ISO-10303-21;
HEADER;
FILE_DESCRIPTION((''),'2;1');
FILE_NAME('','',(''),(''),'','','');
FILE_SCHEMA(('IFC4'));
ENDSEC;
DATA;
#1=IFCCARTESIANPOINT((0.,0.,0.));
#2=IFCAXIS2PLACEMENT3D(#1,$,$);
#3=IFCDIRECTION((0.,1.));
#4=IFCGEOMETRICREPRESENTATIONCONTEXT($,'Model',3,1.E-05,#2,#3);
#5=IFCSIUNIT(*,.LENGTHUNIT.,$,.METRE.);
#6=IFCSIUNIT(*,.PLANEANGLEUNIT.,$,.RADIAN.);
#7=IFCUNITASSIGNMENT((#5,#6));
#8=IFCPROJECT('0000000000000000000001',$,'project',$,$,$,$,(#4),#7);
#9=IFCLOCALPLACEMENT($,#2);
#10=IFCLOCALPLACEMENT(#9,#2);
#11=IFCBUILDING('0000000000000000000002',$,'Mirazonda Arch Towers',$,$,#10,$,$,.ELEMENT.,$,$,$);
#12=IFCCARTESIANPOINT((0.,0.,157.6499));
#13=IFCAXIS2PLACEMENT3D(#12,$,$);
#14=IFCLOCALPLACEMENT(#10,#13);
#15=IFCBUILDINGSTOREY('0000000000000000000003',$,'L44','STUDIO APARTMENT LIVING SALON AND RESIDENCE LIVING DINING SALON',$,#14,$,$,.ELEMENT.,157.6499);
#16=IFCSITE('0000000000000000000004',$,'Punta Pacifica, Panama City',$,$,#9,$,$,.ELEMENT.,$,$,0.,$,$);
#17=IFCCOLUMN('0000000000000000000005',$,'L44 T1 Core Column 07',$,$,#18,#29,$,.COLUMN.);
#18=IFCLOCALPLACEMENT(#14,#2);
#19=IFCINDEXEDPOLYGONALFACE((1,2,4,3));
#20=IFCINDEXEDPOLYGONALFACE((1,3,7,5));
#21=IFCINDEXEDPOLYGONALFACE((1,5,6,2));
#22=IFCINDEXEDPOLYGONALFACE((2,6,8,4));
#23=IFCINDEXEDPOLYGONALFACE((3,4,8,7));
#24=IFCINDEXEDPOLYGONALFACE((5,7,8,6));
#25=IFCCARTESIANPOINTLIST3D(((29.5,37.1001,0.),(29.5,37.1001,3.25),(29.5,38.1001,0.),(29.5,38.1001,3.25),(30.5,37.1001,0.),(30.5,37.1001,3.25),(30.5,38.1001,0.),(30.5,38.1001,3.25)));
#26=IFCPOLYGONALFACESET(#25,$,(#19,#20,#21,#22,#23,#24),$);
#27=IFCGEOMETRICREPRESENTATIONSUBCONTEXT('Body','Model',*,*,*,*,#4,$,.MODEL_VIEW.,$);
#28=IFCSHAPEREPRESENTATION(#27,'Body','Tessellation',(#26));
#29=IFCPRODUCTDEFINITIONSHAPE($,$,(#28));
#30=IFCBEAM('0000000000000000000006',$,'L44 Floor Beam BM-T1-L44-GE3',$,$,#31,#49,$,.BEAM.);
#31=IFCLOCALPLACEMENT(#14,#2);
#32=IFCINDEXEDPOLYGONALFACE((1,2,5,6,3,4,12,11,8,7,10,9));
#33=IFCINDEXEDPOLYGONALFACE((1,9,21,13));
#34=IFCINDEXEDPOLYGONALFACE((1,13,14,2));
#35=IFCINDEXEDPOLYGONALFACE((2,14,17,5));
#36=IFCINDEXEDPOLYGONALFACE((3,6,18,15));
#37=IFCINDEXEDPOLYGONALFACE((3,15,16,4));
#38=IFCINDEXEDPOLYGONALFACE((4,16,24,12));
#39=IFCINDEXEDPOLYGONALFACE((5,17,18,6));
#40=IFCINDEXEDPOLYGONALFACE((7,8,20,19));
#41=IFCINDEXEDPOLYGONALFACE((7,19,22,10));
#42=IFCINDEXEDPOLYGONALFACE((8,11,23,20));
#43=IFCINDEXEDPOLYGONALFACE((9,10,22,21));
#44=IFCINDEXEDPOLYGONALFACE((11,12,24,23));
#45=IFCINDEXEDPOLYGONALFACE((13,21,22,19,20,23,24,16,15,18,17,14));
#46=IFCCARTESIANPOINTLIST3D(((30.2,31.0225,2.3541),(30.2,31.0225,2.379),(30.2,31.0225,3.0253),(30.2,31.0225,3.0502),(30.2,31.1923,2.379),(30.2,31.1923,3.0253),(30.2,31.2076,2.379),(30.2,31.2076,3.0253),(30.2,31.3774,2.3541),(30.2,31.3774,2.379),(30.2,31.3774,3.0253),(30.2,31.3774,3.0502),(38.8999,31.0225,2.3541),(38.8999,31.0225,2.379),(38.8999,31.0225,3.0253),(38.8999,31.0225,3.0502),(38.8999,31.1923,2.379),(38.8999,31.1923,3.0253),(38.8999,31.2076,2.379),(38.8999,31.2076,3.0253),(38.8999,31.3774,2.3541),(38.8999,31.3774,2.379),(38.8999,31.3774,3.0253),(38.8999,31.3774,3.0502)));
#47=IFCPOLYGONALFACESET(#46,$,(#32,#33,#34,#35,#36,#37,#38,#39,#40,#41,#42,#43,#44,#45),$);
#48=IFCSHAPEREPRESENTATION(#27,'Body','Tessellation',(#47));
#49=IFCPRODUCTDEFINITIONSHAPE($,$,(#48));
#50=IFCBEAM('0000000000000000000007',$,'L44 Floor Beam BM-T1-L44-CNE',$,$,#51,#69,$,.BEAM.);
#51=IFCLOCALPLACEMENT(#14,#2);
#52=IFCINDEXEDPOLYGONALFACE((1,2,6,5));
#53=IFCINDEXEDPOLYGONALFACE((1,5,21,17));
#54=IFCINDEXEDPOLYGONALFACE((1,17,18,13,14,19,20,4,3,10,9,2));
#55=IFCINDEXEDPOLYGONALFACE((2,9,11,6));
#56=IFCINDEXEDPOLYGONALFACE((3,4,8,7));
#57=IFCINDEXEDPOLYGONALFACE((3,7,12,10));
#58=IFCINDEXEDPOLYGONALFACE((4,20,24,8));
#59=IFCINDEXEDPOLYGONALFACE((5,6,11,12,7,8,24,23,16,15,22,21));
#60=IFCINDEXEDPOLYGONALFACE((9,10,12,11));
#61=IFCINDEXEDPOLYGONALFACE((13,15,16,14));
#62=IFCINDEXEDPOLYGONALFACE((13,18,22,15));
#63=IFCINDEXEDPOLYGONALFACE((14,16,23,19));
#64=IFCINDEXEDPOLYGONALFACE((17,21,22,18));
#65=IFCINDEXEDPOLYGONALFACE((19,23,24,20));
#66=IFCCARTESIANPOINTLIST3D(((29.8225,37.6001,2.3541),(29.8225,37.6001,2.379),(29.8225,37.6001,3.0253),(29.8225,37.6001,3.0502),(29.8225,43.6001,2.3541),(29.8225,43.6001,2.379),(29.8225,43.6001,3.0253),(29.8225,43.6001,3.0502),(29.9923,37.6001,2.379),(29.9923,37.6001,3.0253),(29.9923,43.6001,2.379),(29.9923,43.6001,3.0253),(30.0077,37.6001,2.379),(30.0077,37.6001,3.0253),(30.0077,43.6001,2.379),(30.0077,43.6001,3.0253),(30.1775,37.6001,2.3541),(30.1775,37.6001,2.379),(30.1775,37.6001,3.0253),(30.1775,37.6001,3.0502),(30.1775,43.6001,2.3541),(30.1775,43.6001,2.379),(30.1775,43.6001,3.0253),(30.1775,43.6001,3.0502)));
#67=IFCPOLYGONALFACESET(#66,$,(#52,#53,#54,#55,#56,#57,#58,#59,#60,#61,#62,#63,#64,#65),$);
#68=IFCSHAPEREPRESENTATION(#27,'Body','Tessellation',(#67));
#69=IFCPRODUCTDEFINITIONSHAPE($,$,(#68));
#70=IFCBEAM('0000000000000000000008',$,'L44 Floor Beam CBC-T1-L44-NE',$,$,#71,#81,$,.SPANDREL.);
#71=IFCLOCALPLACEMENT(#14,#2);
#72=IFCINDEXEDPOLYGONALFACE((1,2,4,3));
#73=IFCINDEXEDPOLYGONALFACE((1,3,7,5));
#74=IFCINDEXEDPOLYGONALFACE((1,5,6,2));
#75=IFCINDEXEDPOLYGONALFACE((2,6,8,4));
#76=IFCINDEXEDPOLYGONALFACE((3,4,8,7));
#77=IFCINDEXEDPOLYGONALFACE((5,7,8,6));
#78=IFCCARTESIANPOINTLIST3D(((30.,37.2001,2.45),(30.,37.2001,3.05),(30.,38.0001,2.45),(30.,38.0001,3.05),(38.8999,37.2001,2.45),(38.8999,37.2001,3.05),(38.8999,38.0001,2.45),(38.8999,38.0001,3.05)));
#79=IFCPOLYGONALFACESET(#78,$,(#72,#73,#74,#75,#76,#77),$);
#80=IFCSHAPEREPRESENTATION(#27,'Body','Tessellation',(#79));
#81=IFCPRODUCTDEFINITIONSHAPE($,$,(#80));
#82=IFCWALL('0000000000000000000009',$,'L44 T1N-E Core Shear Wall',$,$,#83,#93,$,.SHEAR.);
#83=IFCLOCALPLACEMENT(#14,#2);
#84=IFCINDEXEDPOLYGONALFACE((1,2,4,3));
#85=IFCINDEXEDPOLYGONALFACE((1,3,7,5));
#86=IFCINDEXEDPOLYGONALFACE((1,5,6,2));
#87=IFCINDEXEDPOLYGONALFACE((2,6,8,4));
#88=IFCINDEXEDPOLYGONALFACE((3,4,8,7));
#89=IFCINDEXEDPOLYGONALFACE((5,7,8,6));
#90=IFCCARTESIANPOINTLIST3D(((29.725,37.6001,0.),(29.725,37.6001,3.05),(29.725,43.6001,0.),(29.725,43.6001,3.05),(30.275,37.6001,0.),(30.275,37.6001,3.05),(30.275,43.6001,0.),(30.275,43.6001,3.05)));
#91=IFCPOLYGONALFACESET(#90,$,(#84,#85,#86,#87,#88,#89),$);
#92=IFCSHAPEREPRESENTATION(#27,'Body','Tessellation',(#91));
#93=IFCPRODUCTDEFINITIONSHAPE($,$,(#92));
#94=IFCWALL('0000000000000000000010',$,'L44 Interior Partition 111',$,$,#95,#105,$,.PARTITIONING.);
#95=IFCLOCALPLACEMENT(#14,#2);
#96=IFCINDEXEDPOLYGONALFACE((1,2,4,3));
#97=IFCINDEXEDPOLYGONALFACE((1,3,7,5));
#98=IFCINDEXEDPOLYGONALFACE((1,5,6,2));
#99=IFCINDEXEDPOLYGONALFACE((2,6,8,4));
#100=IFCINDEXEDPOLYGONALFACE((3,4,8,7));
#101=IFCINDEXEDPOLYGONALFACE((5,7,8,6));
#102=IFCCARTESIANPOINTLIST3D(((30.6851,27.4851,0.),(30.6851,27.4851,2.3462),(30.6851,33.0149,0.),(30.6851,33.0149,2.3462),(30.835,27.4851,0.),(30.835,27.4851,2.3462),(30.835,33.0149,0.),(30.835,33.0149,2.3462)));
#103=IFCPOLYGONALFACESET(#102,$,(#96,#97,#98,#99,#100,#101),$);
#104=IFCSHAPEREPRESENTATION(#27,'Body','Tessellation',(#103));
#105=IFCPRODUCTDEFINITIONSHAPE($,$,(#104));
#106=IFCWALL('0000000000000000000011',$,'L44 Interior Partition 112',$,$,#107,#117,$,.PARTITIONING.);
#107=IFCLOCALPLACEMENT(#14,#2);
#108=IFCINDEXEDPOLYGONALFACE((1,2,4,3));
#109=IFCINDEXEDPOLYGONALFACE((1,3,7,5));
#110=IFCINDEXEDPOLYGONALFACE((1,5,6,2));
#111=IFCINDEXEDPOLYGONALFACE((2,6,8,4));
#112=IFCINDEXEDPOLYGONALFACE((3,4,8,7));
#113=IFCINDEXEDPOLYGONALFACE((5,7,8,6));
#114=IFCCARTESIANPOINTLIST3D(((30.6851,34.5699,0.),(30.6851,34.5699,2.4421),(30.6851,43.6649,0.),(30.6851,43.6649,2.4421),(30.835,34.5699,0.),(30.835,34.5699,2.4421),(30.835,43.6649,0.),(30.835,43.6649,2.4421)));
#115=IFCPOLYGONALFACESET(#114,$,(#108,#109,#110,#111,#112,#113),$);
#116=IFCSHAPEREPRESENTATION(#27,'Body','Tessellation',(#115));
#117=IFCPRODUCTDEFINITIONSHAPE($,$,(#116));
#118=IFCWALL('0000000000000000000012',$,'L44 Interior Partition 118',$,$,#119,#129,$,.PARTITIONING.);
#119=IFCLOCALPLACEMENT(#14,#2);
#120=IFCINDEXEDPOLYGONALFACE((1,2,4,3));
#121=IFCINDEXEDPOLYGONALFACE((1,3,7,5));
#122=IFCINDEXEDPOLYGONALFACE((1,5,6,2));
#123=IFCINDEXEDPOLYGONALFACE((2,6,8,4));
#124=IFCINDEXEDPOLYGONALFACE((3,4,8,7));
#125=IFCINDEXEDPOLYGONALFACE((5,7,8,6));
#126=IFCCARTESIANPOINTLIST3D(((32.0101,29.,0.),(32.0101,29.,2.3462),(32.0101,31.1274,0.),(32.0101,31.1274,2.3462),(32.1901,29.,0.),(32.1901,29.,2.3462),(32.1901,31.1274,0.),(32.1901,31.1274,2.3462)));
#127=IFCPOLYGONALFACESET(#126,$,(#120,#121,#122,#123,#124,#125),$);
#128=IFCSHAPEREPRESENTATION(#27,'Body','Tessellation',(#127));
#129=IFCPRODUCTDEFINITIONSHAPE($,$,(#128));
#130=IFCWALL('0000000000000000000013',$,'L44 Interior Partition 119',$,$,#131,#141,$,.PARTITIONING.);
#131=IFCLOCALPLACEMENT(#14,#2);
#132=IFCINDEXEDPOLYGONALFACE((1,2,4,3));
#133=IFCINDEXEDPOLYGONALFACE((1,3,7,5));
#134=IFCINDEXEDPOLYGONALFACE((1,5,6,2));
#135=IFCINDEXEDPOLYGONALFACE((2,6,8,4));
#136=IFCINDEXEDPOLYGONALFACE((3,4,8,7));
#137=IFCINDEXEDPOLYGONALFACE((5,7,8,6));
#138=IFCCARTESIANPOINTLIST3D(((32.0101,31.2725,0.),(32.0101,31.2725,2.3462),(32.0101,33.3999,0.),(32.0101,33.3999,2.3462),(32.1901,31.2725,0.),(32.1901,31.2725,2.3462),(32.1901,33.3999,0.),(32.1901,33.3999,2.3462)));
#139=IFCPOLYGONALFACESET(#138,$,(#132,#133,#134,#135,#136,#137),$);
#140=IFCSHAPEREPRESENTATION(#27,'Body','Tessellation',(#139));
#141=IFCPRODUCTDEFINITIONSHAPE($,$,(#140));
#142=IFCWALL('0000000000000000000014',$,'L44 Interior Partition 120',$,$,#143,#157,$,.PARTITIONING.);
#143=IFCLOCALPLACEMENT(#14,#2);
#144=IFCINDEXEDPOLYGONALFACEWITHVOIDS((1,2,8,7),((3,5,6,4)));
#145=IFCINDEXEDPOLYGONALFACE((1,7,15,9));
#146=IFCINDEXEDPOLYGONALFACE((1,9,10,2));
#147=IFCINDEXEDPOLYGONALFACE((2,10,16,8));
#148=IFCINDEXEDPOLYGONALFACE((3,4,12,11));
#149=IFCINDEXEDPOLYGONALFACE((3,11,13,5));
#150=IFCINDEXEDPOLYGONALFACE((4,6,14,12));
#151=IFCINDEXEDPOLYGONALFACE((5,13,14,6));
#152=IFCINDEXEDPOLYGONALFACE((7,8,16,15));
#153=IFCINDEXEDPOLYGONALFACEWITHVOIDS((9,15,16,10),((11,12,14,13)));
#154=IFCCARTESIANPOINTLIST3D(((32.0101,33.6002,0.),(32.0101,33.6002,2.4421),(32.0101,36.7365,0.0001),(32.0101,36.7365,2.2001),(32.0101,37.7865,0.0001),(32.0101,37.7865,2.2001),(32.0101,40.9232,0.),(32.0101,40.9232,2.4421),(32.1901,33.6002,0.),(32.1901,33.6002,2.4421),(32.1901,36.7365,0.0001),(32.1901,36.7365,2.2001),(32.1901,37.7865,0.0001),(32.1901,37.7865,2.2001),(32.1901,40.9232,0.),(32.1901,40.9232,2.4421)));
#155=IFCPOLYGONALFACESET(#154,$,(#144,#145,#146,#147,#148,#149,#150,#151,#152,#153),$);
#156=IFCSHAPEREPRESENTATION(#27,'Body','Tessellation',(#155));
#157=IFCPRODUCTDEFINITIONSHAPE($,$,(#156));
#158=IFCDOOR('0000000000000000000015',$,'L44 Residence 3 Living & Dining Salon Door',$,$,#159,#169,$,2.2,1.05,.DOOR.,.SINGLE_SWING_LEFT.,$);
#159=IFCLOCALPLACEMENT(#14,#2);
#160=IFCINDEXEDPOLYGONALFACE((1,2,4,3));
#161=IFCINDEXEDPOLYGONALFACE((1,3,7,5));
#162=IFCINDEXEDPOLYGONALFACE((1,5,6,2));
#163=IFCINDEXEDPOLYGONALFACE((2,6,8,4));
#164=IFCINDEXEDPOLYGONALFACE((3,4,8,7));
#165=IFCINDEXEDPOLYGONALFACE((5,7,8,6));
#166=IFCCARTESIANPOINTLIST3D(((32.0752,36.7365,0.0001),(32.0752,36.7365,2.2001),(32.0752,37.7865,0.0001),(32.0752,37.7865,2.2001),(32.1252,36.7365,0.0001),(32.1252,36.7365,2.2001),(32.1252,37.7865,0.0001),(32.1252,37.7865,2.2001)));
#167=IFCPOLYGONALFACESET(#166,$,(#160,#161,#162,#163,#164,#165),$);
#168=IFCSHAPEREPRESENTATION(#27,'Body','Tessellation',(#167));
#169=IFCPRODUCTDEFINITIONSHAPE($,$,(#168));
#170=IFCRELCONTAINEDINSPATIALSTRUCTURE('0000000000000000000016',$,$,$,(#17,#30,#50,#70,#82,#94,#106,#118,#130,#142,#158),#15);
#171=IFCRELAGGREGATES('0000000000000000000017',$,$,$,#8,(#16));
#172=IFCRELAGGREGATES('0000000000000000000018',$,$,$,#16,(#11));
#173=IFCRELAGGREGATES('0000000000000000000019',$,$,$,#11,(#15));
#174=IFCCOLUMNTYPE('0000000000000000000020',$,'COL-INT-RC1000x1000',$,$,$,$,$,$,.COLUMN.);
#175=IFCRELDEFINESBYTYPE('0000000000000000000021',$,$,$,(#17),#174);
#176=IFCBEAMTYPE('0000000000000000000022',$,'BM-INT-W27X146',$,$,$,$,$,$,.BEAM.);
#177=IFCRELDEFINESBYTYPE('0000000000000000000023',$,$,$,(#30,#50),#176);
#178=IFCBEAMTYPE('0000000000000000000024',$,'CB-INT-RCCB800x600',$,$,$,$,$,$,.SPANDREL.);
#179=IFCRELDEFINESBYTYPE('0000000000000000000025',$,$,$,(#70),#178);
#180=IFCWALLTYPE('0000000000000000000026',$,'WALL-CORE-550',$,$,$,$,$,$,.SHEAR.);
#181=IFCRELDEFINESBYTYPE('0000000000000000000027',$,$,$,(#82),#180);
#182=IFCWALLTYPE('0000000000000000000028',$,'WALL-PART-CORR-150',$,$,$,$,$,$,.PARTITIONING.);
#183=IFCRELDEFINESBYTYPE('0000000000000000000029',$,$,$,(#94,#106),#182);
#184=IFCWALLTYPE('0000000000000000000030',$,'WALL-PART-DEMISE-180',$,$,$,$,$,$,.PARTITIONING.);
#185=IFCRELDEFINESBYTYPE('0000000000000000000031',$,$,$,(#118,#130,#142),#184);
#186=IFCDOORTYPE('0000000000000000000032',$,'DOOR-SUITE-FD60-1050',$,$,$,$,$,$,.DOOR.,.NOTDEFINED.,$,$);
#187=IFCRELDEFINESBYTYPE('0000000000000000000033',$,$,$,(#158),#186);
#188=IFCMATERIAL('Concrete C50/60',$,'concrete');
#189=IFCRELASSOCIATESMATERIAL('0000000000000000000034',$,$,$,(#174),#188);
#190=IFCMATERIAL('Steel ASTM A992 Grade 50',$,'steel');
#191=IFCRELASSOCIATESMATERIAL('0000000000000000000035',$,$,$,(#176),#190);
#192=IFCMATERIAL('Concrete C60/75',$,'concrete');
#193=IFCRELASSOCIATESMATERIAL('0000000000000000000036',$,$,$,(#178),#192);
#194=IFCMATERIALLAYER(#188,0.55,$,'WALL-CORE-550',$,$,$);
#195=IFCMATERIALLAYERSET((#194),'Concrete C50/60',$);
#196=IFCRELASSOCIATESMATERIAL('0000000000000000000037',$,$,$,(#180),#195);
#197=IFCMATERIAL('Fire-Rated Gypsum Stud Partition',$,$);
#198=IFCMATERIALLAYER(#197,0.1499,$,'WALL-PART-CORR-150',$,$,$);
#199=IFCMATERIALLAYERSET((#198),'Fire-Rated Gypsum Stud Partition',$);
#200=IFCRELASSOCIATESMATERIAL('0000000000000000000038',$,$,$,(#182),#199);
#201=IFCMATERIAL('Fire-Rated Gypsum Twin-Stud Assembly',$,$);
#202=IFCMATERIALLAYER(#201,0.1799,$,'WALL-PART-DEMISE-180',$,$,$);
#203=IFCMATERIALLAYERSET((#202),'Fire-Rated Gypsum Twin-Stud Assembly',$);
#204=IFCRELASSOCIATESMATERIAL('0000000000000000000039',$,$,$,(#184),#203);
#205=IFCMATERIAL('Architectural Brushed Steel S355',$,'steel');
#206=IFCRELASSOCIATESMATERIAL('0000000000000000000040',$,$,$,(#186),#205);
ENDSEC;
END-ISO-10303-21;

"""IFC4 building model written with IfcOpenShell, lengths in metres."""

from ifc_helpers import new_model, si_unit, direction, frame, frame_2d, origin, origin_2d, place, context, subcontext, project, spatial, rectangle, i_section, extrude, material, layer, layer_set, material_profile, profile_set, type_object, element, fill, save


model = new_model("IFC4")

# Units and contexts
model_context = context("Model", 3, precision=1e-05, world=origin(), true_north=direction((0.0, 1.0)))
body_context = subcontext(model_context, "Body", "Model", "MODEL_VIEW")
ifc_project = project(units=[si_unit("LENGTHUNIT", "METRE"), si_unit("PLANEANGLEUNIT", "RADIAN")], contexts=[model_context])

# Site, building, storey
site_placement = place(None, origin())
site = spatial("IfcSite", under=ifc_project, at=site_placement, Name="Punta Pacifica, Panama City", CompositionType="ELEMENT", RefElevation=0.0)
building_placement = place(site_placement, origin())
building = spatial("IfcBuilding", under=site, at=building_placement, Name="Mirazonda Arch Towers", CompositionType="ELEMENT")
storey_placement = place(building_placement, frame((0.0, 0.0, 157.6499)))
storey = spatial("IfcBuildingStorey", under=building, at=storey_placement, Name="L44", Description="STUDIO APARTMENT LIVING SALON AND RESIDENCE LIVING DINING SALON", CompositionType="ELEMENT", Elevation=157.6499)

# Column
ifc_material_1 = material(Name="Concrete C50/60", Category="concrete")
ifc_material_profile_1 = material_profile(ifc_material_1, rectangle(XDim=1.0, YDim=1.0, at=origin_2d()), Name="RC1000x1000")
ifc_profile_set_1 = profile_set([ifc_material_profile_1], Name="Concrete C50/60")
column_type = type_object("IfcColumnType", Name="COL-INT-RC1000x1000", PredefinedType="COLUMN", material=ifc_profile_set_1)
column_placement = place(storey_placement, frame((30.0, 37.6001, 0.0), z_axis=(0.0, 0.0, 1.0), x_axis=(1.0, 0.0, 0.0)))
element("IfcColumn", 1, at=column_placement, inside=storey, type_object=column_type, Name="L44 T1 Core Column 07", PredefinedType="COLUMN", context=body_context, shape_type="SweptSolid", body=[
    extrude(rectangle(XDim=1.0, YDim=1.0, at=origin_2d()), origin(), (0.0, 0.0, 1.0), 3.25),
])

# Beams
ifc_material_2 = material(Name="Steel ASTM A992 Grade 50", Category="steel")
ifc_material_profile_2 = material_profile(ifc_material_2, i_section(OverallWidth=0.355, OverallDepth=0.696, WebThickness=0.0154, FlangeThickness=0.0249, at=origin_2d()), Name="W27X146")
ifc_profile_set_2 = profile_set([ifc_material_profile_2], Name="Steel ASTM A992 Grade 50")
beam_type_1 = type_object("IfcBeamType", Name="BM-INT-W27X146", PredefinedType="BEAM", material=ifc_profile_set_2)
beam_1_placement = place(storey_placement, frame((30.2, 31.2, 2.7021), z_axis=(1.0, 0.0, 0.0), x_axis=(0.0, 1.0, 0.0)))
element("IfcBeam", 2, at=beam_1_placement, inside=storey, type_object=beam_type_1, Name="L44 Floor Beam BM-T1-L44-GE3", PredefinedType="BEAM", context=body_context, shape_type="SweptSolid", body=[
    extrude(i_section(OverallWidth=0.355, OverallDepth=0.696, WebThickness=0.0154, FlangeThickness=0.0249, at=origin_2d()), origin(), (0.0, 0.0, 1.0), 8.7),
])
beam_2_placement = place(storey_placement, frame((30.0, 37.6001, 2.7021), z_axis=(0.0, 1.0, 0.0), x_axis=(-1.0, 0.0, 0.0)))
element("IfcBeam", 3, at=beam_2_placement, inside=storey, type_object=beam_type_1, Name="L44 Floor Beam BM-T1-L44-CNE", PredefinedType="BEAM", context=body_context, shape_type="SweptSolid", body=[
    extrude(i_section(OverallWidth=0.355, OverallDepth=0.696, WebThickness=0.0154, FlangeThickness=0.0249, at=origin_2d()), origin(), (0.0, 0.0, 1.0), 6.0),
])
ifc_material_3 = material(Name="Concrete C60/75", Category="concrete")
ifc_material_profile_3 = material_profile(ifc_material_3, rectangle(XDim=0.8, YDim=0.6001, at=origin_2d()), Name="RCCB800x600")
ifc_profile_set_3 = profile_set([ifc_material_profile_3], Name="Concrete C60/75")
beam_type_2 = type_object("IfcBeamType", Name="CB-INT-RCCB800x600", PredefinedType="SPANDREL", material=ifc_profile_set_3)
beam_3_placement = place(storey_placement, frame((30.0, 37.6001, 2.75), z_axis=(1.0, 0.0, 0.0), x_axis=(0.0, 1.0, 0.0)))
element("IfcBeam", 4, at=beam_3_placement, inside=storey, type_object=beam_type_2, Name="L44 Floor Beam CBC-T1-L44-NE", PredefinedType="SPANDREL", context=body_context, shape_type="SweptSolid", body=[
    extrude(rectangle(XDim=0.8, YDim=0.6001, at=origin_2d()), origin(), (0.0, 0.0, 1.0), 8.8999),
])

# Walls
ifc_layer_1 = layer(ifc_material_1, 0.55, Name="WALL-CORE-550")
ifc_layer_set_1 = layer_set([ifc_layer_1], Name="Concrete C50/60")
wall_type_1 = type_object("IfcWallType", Name="WALL-CORE-550", PredefinedType="SHEAR", material=ifc_layer_set_1)
wall_1_placement = place(storey_placement, frame((30.0, 37.6001, 0.0), z_axis=(0.0, 0.0, 1.0), x_axis=(0.0, 1.0, 0.0)))
element("IfcWall", 5, at=wall_1_placement, inside=storey, type_object=wall_type_1, Name="L44 T1N-E Core Shear Wall", PredefinedType="SHEAR", context=body_context, shape_type="SweptSolid", body=[
    extrude(rectangle(XDim=6.0, YDim=0.55, at=frame_2d((3.0, 0.0))), origin(), (0.0, 0.0, 1.0), 3.05),
])
ifc_material_4 = material(Name="Fire-Rated Gypsum Stud Partition")
ifc_layer_2 = layer(ifc_material_4, 0.1499, Name="WALL-PART-CORR-150")
ifc_layer_set_2 = layer_set([ifc_layer_2], Name="Fire-Rated Gypsum Stud Partition")
wall_type_2 = type_object("IfcWallType", Name="WALL-PART-CORR-150", PredefinedType="PARTITIONING", material=ifc_layer_set_2)
wall_2_placement = place(storey_placement, frame((30.76, 27.4851, 0.0), z_axis=(0.0, 0.0, 1.0), x_axis=(0.0, 1.0, 0.0)))
element("IfcWall", 6, at=wall_2_placement, inside=storey, type_object=wall_type_2, Name="L44 Interior Partition 111", PredefinedType="PARTITIONING", context=body_context, shape_type="SweptSolid", body=[
    extrude(rectangle(XDim=5.5298, YDim=0.1499, at=frame_2d((2.7649, 0.0))), origin(), (0.0, 0.0, 1.0), 2.3462),
])
wall_3_placement = place(storey_placement, frame((30.76, 34.5701, 0.0), z_axis=(0.0, 0.0, 1.0), x_axis=(0.0, 1.0, 0.0)))
element("IfcWall", 7, at=wall_3_placement, inside=storey, type_object=wall_type_2, Name="L44 Interior Partition 112", PredefinedType="PARTITIONING", context=body_context, shape_type="SweptSolid", body=[
    extrude(rectangle(XDim=9.095, YDim=0.1499, at=frame_2d((4.5474, 0.0))), origin(), (0.0, 0.0, 1.0), 2.4421),
])

# Shared definitions
ifc_material_5 = material(Name="Fire-Rated Gypsum Twin-Stud Assembly")
ifc_layer_3 = layer(ifc_material_5, 0.1799, Name="WALL-PART-DEMISE-180")
ifc_layer_set_3 = layer_set([ifc_layer_3], Name="Fire-Rated Gypsum Twin-Stud Assembly")
wall_type_3 = type_object("IfcWallType", Name="WALL-PART-DEMISE-180", PredefinedType="PARTITIONING", material=ifc_layer_set_3)
ifc_material_6 = material(Name="Architectural Brushed Steel S355", Category="steel")

# Walls
for number, where, z_axis, x_axis, name in (
    (8, (32.1001, 29.0, 0.0), (0.0, 0.0, 1.0), (0.0, 1.0, 0.0), "L44 Interior Partition 118"),
    (9, (32.1001, 31.2725, 0.0), (0.0, 0.0, 1.0), (0.0, 1.0, 0.0), "L44 Interior Partition 119"),
):
    element("IfcWall", number, at=place(storey_placement, frame(where, z_axis=z_axis, x_axis=x_axis)), inside=storey, type_object=wall_type_3, Name=name, PredefinedType="PARTITIONING", context=body_context, shape_type="SweptSolid", body=[
        extrude(rectangle(XDim=2.1274, YDim=0.1799, at=frame_2d((1.0637, 0.0))), origin(), (0.0, 0.0, 1.0), 2.3462),
    ])

# Wall, opening, door
wall_4_placement = place(storey_placement, frame((32.1001, 33.6001, 0.0), z_axis=(0.0, 0.0, 1.0), x_axis=(0.0, 1.0, 0.0)))
wall_4 = element("IfcWall", 10, at=wall_4_placement, inside=storey, type_object=wall_type_3, Name="L44 Interior Partition 120", PredefinedType="PARTITIONING", context=body_context, shape_type="SweptSolid", body=[
    extrude(rectangle(XDim=7.323, YDim=0.1799, at=frame_2d((3.6616, 0.0))), origin(), (0.0, 0.0, 1.0), 2.4421),
])
opening_1_placement = place(wall_4_placement, frame((3.1365, 0.0, 0.0)))
opening_1 = element("IfcOpeningElement", 11, at=opening_1_placement, cuts=wall_4, PredefinedType="OPENING", context=body_context, shape_type="SweptSolid", body=[
    extrude(rectangle(XDim=1.05, YDim=2.2, at=frame_2d((0.5249, 1.1001))), frame((0.0, 0.0999, 0.0), z_axis=(0.0, -1.0, 0.0), x_axis=(1.0, 0.0, 0.0)), (0.0, 0.0, 1.0), 0.2),
])
door_type_1 = type_object("IfcDoorType", Name="DOOR-SUITE-FD60-1050", OperationType="NOTDEFINED", PredefinedType="DOOR", material=ifc_material_6)
door_1_placement = place(opening_1_placement, origin())
door_1 = element("IfcDoor", 12, at=door_1_placement, inside=storey, type_object=door_type_1, Name="L44 Residence 3 Living & Dining Salon Door", OperationType="SINGLE_SWING_LEFT", OverallHeight=2.2, OverallWidth=1.05, PredefinedType="DOOR", context=body_context, shape_type="SweptSolid", body=[
    extrude(rectangle(XDim=1.05, YDim=2.2, at=frame_2d((0.5249, 1.1001))), frame((0.0, 0.0249, 0.0), z_axis=(0.0, -1.0, 0.0), x_axis=(1.0, 0.0, 0.0)), (0.0, 0.0, 1.0), 0.05),
])
fill(opening_1, door_1)

save(model, "model.ifc")
